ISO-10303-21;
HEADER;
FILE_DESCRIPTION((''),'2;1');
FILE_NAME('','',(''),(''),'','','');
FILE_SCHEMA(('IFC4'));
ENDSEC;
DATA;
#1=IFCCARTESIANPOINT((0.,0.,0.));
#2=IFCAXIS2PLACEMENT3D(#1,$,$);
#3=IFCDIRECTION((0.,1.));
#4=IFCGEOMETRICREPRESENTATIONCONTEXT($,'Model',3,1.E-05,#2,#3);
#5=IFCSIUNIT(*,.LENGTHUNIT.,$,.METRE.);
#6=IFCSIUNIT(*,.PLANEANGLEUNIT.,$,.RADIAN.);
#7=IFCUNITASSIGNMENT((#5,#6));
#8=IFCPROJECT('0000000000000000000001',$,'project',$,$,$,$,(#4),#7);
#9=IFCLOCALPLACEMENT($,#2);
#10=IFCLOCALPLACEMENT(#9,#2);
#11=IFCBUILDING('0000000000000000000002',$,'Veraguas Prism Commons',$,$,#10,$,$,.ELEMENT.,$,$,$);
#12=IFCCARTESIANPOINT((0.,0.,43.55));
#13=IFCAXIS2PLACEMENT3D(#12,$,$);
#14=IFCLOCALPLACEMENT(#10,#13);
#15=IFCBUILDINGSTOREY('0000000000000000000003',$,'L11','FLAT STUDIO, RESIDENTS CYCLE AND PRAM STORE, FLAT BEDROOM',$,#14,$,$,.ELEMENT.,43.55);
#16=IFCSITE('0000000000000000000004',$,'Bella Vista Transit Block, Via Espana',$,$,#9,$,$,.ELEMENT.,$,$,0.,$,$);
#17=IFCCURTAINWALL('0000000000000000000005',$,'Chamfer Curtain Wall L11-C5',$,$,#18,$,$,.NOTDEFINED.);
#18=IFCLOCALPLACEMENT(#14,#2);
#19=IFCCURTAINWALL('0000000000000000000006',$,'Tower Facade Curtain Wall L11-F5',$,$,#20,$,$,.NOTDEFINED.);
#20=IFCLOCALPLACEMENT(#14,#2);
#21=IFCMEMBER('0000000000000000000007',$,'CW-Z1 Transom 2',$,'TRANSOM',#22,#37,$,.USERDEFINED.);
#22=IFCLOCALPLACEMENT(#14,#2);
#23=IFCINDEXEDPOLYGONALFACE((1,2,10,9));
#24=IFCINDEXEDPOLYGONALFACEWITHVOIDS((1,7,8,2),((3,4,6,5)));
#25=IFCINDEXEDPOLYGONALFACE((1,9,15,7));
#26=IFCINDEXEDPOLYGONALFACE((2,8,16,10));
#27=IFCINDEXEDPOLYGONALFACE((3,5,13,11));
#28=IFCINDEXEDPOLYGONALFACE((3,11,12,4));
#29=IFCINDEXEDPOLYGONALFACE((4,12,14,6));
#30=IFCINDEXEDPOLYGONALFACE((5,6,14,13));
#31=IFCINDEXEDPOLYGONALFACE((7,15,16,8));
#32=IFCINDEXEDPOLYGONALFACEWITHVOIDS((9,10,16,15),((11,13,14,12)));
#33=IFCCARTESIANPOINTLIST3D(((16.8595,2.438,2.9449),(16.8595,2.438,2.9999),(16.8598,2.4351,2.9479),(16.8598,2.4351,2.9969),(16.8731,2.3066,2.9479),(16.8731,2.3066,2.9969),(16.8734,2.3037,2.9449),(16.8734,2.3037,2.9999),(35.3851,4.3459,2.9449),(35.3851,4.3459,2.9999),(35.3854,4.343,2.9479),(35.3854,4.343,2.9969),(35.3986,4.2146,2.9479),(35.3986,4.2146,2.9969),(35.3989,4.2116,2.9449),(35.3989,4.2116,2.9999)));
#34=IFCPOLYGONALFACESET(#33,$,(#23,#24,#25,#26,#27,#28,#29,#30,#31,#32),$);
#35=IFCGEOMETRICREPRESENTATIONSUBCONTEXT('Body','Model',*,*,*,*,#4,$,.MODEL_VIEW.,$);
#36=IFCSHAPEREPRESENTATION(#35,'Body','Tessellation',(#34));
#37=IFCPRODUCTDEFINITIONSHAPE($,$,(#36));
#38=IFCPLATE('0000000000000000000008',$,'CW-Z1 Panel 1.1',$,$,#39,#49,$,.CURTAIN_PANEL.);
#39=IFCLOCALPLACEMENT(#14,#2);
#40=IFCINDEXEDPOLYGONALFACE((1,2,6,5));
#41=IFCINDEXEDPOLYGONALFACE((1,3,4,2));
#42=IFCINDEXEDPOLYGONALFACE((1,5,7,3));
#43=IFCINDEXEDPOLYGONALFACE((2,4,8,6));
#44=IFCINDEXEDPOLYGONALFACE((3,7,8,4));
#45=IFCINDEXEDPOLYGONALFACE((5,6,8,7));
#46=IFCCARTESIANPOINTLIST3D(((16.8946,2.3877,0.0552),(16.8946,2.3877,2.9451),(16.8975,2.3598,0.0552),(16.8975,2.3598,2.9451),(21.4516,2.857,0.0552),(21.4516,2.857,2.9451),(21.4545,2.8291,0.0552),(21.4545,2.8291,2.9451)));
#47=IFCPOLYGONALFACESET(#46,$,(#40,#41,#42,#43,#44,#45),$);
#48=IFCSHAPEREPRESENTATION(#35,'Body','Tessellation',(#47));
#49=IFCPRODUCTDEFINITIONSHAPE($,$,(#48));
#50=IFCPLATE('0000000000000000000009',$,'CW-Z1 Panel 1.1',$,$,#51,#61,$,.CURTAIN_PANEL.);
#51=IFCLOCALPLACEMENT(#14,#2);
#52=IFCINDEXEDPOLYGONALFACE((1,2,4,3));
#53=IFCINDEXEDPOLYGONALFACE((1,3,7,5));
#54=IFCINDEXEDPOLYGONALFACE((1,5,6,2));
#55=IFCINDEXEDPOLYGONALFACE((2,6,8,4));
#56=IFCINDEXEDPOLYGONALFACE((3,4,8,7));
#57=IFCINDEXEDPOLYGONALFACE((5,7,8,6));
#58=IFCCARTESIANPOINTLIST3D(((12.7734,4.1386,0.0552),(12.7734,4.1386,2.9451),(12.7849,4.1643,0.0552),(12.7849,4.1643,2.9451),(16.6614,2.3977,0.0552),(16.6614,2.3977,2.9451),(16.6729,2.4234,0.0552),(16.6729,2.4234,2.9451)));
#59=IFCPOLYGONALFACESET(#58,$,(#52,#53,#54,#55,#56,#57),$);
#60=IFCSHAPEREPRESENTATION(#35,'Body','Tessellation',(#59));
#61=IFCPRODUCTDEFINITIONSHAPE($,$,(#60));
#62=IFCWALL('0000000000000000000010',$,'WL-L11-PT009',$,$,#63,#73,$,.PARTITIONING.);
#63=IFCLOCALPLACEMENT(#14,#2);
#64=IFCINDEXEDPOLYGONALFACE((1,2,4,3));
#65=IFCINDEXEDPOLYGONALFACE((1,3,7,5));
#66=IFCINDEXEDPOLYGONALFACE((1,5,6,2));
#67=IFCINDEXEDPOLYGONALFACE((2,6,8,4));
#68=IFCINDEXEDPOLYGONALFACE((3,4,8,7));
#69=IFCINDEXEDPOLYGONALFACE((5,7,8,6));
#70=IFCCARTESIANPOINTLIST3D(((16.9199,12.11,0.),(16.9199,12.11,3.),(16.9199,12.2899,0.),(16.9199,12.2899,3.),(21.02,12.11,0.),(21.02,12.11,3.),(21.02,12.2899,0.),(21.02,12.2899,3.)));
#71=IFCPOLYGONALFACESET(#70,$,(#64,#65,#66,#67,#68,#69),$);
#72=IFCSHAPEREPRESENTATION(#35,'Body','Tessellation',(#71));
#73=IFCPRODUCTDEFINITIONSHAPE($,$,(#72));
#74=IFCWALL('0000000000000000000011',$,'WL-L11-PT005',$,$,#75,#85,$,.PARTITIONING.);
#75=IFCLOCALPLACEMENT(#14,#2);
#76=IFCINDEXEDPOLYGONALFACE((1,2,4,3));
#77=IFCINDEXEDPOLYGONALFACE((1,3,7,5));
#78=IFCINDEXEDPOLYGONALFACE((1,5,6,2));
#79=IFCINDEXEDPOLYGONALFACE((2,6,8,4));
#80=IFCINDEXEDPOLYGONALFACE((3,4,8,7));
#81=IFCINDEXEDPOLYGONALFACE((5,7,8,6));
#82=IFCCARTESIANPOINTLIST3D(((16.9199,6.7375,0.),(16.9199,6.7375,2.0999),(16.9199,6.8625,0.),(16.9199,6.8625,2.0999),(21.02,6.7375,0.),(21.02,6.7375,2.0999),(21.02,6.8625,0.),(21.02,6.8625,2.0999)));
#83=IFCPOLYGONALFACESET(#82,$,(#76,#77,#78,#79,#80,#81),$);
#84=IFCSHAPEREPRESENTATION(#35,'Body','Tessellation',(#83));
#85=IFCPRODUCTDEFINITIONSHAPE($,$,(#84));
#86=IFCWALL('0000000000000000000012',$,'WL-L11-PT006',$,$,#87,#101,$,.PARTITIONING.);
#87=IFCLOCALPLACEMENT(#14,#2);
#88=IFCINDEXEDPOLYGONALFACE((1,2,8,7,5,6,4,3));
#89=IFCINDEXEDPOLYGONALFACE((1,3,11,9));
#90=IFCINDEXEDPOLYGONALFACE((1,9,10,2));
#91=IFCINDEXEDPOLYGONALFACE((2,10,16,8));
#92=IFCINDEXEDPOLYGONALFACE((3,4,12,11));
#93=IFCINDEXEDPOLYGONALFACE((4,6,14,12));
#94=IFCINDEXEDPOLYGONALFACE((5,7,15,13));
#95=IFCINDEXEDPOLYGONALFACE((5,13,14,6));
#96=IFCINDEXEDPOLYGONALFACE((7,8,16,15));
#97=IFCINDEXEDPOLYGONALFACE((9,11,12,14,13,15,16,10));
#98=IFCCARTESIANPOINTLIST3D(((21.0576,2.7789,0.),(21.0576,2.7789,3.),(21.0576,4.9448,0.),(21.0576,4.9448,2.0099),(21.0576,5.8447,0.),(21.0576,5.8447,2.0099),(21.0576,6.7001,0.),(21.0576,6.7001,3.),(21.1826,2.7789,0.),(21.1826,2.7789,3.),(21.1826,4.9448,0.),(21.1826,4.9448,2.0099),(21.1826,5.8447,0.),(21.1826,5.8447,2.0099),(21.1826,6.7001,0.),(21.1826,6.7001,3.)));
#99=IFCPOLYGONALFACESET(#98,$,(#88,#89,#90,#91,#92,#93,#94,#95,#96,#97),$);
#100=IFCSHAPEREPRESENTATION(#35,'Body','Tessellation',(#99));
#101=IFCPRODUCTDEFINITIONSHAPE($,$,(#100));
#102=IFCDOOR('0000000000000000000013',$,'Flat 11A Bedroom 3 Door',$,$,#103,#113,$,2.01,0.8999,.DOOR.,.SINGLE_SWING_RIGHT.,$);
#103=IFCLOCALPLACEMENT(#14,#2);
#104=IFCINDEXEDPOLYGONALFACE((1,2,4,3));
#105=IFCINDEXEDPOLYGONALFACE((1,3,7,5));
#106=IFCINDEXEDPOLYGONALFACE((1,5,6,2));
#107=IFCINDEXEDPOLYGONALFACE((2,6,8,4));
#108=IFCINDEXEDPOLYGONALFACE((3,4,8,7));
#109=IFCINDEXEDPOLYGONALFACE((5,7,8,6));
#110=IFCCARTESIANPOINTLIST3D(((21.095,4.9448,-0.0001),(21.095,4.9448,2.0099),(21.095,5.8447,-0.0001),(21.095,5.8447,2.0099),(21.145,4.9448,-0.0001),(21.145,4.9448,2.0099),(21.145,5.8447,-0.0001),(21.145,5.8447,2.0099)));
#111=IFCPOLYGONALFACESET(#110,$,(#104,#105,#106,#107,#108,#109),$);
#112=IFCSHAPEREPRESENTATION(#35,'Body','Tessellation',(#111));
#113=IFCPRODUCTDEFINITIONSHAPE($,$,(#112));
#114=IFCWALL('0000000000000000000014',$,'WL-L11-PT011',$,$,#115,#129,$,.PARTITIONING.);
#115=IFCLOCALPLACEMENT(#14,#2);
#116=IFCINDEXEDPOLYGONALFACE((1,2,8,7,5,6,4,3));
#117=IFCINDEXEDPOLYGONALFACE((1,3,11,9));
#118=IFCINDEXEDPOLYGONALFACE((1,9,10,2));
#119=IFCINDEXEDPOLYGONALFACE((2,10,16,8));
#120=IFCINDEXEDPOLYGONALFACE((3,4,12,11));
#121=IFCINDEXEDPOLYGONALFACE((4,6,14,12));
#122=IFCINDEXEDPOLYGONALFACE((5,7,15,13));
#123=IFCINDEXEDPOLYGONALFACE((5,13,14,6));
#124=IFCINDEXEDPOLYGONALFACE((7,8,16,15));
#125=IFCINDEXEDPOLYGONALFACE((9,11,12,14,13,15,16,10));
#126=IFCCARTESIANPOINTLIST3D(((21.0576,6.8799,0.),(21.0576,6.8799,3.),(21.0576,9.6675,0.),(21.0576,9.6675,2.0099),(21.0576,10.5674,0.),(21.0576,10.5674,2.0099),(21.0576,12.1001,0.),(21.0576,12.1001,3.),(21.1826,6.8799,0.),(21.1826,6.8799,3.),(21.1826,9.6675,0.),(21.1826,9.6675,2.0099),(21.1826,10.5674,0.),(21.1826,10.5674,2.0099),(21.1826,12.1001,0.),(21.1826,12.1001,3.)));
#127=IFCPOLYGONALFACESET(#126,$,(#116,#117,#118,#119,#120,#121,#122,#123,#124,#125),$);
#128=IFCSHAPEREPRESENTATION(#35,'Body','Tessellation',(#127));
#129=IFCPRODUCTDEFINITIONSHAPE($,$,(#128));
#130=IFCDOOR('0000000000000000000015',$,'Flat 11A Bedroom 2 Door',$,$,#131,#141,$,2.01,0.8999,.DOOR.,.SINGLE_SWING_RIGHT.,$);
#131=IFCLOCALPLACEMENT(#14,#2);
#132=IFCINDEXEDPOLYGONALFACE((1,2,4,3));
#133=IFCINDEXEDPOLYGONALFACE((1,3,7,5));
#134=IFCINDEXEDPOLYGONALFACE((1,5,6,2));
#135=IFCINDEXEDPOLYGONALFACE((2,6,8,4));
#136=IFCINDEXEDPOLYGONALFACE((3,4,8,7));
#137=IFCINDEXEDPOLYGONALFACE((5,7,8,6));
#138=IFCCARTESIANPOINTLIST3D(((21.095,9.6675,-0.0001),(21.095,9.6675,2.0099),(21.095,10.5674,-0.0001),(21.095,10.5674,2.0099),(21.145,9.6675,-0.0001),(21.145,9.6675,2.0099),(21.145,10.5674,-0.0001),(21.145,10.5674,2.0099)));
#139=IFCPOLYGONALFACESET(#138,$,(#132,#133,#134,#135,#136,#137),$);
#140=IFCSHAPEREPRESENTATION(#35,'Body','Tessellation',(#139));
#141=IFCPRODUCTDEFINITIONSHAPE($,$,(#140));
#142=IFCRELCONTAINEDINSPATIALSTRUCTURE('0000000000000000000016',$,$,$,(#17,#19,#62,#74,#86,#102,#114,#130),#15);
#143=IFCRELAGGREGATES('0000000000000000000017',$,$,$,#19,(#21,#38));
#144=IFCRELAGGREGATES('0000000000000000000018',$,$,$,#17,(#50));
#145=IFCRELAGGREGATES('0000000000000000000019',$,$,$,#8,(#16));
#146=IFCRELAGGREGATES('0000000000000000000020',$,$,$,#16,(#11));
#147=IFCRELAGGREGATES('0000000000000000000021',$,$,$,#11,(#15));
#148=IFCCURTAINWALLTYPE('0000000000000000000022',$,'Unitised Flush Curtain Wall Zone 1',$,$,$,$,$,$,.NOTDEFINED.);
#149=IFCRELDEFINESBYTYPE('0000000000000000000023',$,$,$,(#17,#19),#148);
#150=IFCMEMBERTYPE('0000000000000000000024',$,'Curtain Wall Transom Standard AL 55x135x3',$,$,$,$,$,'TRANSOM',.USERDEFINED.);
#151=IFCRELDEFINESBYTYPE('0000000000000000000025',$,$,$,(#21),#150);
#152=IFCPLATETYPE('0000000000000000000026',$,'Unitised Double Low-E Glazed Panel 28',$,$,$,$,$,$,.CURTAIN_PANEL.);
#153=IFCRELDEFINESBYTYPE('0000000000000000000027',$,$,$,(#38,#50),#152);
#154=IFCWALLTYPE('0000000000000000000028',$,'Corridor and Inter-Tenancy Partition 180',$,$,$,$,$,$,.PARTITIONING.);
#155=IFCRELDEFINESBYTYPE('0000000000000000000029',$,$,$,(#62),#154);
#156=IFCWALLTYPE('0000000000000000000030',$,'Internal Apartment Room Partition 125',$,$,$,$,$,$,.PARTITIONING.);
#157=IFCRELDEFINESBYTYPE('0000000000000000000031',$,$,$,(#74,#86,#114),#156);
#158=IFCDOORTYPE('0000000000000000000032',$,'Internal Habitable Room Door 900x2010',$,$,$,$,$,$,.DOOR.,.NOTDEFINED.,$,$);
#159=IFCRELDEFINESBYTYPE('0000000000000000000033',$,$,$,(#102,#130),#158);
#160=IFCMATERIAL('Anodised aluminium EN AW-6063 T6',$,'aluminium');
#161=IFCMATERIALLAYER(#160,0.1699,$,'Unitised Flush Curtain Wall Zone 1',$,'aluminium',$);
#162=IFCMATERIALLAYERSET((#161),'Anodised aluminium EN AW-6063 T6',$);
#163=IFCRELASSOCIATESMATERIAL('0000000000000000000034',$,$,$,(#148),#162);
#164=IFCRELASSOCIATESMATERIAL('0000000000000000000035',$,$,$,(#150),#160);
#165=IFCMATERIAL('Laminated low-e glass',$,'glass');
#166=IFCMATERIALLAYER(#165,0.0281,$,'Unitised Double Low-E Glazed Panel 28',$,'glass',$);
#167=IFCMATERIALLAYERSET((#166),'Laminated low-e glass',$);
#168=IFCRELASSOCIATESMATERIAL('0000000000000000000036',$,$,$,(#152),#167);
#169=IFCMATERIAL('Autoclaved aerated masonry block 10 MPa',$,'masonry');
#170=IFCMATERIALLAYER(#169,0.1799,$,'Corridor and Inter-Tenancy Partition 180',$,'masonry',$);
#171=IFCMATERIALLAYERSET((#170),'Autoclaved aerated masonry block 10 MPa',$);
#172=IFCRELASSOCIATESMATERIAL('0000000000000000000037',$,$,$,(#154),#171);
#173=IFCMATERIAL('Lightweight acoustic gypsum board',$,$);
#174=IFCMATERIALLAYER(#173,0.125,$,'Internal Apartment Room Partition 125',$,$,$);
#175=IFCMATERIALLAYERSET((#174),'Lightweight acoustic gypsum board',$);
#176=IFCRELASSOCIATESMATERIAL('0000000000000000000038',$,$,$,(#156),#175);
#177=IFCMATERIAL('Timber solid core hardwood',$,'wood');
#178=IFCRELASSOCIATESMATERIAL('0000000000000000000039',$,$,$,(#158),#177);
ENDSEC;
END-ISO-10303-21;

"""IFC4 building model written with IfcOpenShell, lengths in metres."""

from ifc_helpers import new_model, si_unit, direction, frame, frame_2d, origin, origin_2d, place, context, subcontext, project, spatial, rectangle, hollow_rectangle, extrude, source, transform, mapped, material, layer, layer_set, material_profile, profile_set, type_object, element, fill, aggregate, save


model = new_model("IFC4")

# Units and contexts
model_context = context("Model", 3, precision=1e-05, world=origin(), true_north=direction((0.0, 1.0)))
body_context = subcontext(model_context, "Body", "Model", "MODEL_VIEW")
ifc_project = project(units=[si_unit("LENGTHUNIT", "METRE"), si_unit("PLANEANGLEUNIT", "RADIAN")], contexts=[model_context])

# Site, building, storey
site_placement = place(None, origin())
site = spatial("IfcSite", under=ifc_project, at=site_placement, Name="Bella Vista Transit Block, Via Espana", CompositionType="ELEMENT", RefElevation=0.0)
building_placement = place(site_placement, origin())
building = spatial("IfcBuilding", under=site, at=building_placement, Name="Veraguas Prism Commons", CompositionType="ELEMENT")
storey_placement = place(building_placement, frame((0.0, 0.0, 43.55)))
storey = spatial("IfcBuildingStorey", under=building, at=storey_placement, Name="L11", Description="FLAT STUDIO, RESIDENTS CYCLE AND PRAM STORE, FLAT BEDROOM", CompositionType="ELEMENT", Elevation=43.55)

# Curtain wall
ifc_material_1 = material(Name="Anodised aluminium EN AW-6063 T6", Category="aluminium")
ifc_layer_1 = layer(ifc_material_1, 0.1699, Name="Unitised Flush Curtain Wall Zone 1", Category="aluminium")
ifc_layer_set_1 = layer_set([ifc_layer_1], Name="Anodised aluminium EN AW-6063 T6")
curtain_wall_type = type_object("IfcCurtainWallType", Name="Unitised Flush Curtain Wall Zone 1", PredefinedType="NOTDEFINED", material=ifc_layer_set_1)
curtain_wall_1_placement = place(storey_placement, origin())
curtain_wall_1 = element("IfcCurtainWall", 1, at=curtain_wall_1_placement, inside=storey, type_object=curtain_wall_type, Name="Chamfer Curtain Wall L11-C5", PredefinedType="NOTDEFINED")
ifc_material_profile_1 = material_profile(ifc_material_1, hollow_rectangle(XDim=0.0549, YDim=0.135, WallThickness=0.0029, at=origin_2d()), Name="AL55X135X3")
ifc_profile_set_1 = profile_set([ifc_material_profile_1], Name="Anodised aluminium EN AW-6063 T6")
member_type_1 = type_object("IfcMemberType", Name="Curtain Wall Transom Standard AL 55x135x3", ElementType="TRANSOM", PredefinedType="USERDEFINED", material=ifc_profile_set_1)

# Curtain wall
curtain_wall_2_placement = place(storey_placement, origin())
curtain_wall_2 = element("IfcCurtainWall", 2, at=curtain_wall_2_placement, inside=storey, type_object=curtain_wall_type, Name="Tower Facade Curtain Wall L11-F5", PredefinedType="NOTDEFINED")

# Member
shared_shape_1 = source(origin(), body_context, "Body", "SweptSolid", [
    extrude(hollow_rectangle(XDim=0.0549, YDim=0.135, WallThickness=0.0029, at=origin_2d()), origin(), (0.0, 0.0, 1.0), 18.6235),
])
member_1_placement = place(storey_placement, frame((16.8665, 2.3708, 2.9724), z_axis=(0.994738, 0.102448, 0.0), x_axis=(0.0, 0.0, 1.0)))
member_1 = element("IfcMember", 3, at=member_1_placement, type_object=member_type_1, Name="CW-Z1 Transom 2", ObjectType="TRANSOM", PredefinedType="USERDEFINED", context=body_context, shape_type="MappedRepresentation", body=[
    mapped(shared_shape_1, transform((0.0, 0.0, 0.0), scale=1.0)),
])

# Plates
ifc_material_2 = material(Name="Laminated low-e glass", Category="glass")
ifc_layer_2 = layer(ifc_material_2, 0.0281, Name="Unitised Double Low-E Glazed Panel 28", Category="glass")
ifc_layer_set_2 = layer_set([ifc_layer_2], Name="Laminated low-e glass")
plate_type = type_object("IfcPlateType", Name="Unitised Double Low-E Glazed Panel 28", PredefinedType="CURTAIN_PANEL", material=ifc_layer_set_2)
shared_shape_2 = source(origin(), body_context, "Body", "SweptSolid", [
    extrude(rectangle(XDim=4.5811, YDim=0.0281, at=origin_2d()), origin(), (0.0, 0.0, 1.0), 2.8899),
])
plate_1_placement = place(storey_placement, frame((19.1746, 2.6084, 0.0552), z_axis=(0.0, 0.0, 1.0), x_axis=(0.994738, 0.102447, 0.0)))
plate_1 = element("IfcPlate", 4, at=plate_1_placement, type_object=plate_type, Name="CW-Z1 Panel 1.1", PredefinedType="CURTAIN_PANEL", context=body_context, shape_type="MappedRepresentation", body=[
    mapped(shared_shape_2, transform((0.0, 0.0, 0.0), scale=1.0)),
])
aggregate(curtain_wall_2, [member_1, plate_1])
shared_shape_3 = source(origin(), body_context, "Body", "SweptSolid", [
    extrude(rectangle(XDim=4.26, YDim=0.0281, at=origin_2d()), origin(), (0.0, 0.0, 1.0), 2.8899),
])
plate_2_placement = place(storey_placement, frame((14.7231, 3.281, 0.0552), z_axis=(0.0, 0.0, 1.0), x_axis=(0.912687, -0.40866, 0.0)))
plate_2 = element("IfcPlate", 5, at=plate_2_placement, type_object=plate_type, Name="CW-Z1 Panel 1.1", PredefinedType="CURTAIN_PANEL", context=body_context, shape_type="MappedRepresentation", body=[
    mapped(shared_shape_3, transform((0.0, 0.0, 0.0), scale=1.0)),
])
aggregate(curtain_wall_1, [plate_2])

# Walls
ifc_material_3 = material(Name="Autoclaved aerated masonry block 10 MPa", Category="masonry")
ifc_layer_3 = layer(ifc_material_3, 0.1799, Name="Corridor and Inter-Tenancy Partition 180", Category="masonry")
ifc_layer_set_3 = layer_set([ifc_layer_3], Name="Autoclaved aerated masonry block 10 MPa")
wall_type_1 = type_object("IfcWallType", Name="Corridor and Inter-Tenancy Partition 180", PredefinedType="PARTITIONING", material=ifc_layer_set_3)
wall_1_placement = place(storey_placement, frame((16.9199, 12.2, 0.0), z_axis=(0.0, 0.0, 1.0), x_axis=(1.0, 0.0, 0.0)))
element("IfcWall", 6, at=wall_1_placement, inside=storey, type_object=wall_type_1, Name="WL-L11-PT009", PredefinedType="PARTITIONING", context=body_context, shape_type="SweptSolid", body=[
    extrude(rectangle(XDim=4.1001, YDim=0.1799, at=frame_2d((2.05, 0.0))), origin(), (0.0, 0.0, 1.0), 3.0),
])
ifc_material_4 = material(Name="Lightweight acoustic gypsum board")
ifc_layer_4 = layer(ifc_material_4, 0.125, Name="Internal Apartment Room Partition 125")
ifc_layer_set_4 = layer_set([ifc_layer_4], Name="Lightweight acoustic gypsum board")
wall_type_2 = type_object("IfcWallType", Name="Internal Apartment Room Partition 125", PredefinedType="PARTITIONING", material=ifc_layer_set_4)
wall_2_placement = place(storey_placement, frame((16.9199, 6.8, 0.0), z_axis=(0.0, 0.0, 1.0), x_axis=(1.0, 0.0, 0.0)))
element("IfcWall", 7, at=wall_2_placement, inside=storey, type_object=wall_type_2, Name="WL-L11-PT005", PredefinedType="PARTITIONING", context=body_context, shape_type="SweptSolid", body=[
    extrude(rectangle(XDim=4.1001, YDim=0.125, at=frame_2d((2.05, 0.0))), origin(), (0.0, 0.0, 1.0), 2.0999),
])

# Walls, openings, doors
wall_3_placement = place(storey_placement, frame((21.1201, 6.7, 0.0), z_axis=(0.0, 0.0, 1.0), x_axis=(0.0, -1.0, 0.0)))
wall_3 = element("IfcWall", 8, at=wall_3_placement, inside=storey, type_object=wall_type_2, Name="WL-L11-PT006", PredefinedType="PARTITIONING", context=body_context, shape_type="SweptSolid", body=[
    extrude(rectangle(XDim=3.9211, YDim=0.125, at=frame_2d((1.9604, 0.0))), origin(), (0.0, 0.0, 1.0), 3.0),
])
opening_1_placement = place(wall_3_placement, frame((0.8552, 0.0, 0.0)))
opening_1 = element("IfcOpeningElement", 9, at=opening_1_placement, cuts=wall_3, PredefinedType="OPENING", context=body_context, shape_type="SweptSolid", body=[
    extrude(rectangle(XDim=0.8999, YDim=2.01, at=frame_2d((0.45, 1.0049))), frame((0.0, 0.0725, 0.0), z_axis=(0.0, -1.0, 0.0), x_axis=(1.0, 0.0, 0.0)), (0.0, 0.0, 1.0), 0.145),
])
ifc_material_5 = material(Name="Timber solid core hardwood", Category="wood")
door_type = type_object("IfcDoorType", Name="Internal Habitable Room Door 900x2010", OperationType="NOTDEFINED", PredefinedType="DOOR", material=ifc_material_5)
shared_shape_4 = source(origin(), body_context, "Body", "SweptSolid", [
    extrude(rectangle(XDim=0.8999, YDim=2.01, at=frame_2d((0.45, 1.0049))), frame((0.0, 0.0249, 0.0), z_axis=(0.0, -1.0, 0.0), x_axis=(1.0, 0.0, 0.0)), (0.0, 0.0, 1.0), 0.05),
])
door_1_placement = place(opening_1_placement, origin())
door_1 = element("IfcDoor", 10, at=door_1_placement, inside=storey, type_object=door_type, Name="Flat 11A Bedroom 3 Door", OperationType="SINGLE_SWING_RIGHT", OverallHeight=2.01, OverallWidth=0.8999, PredefinedType="DOOR", context=body_context, shape_type="MappedRepresentation", body=[
    mapped(shared_shape_4, transform((0.0, 0.0, 0.0), scale=1.0)),
])
fill(opening_1, door_1)
wall_4_placement = place(storey_placement, frame((21.1201, 12.1001, 0.0), z_axis=(0.0, 0.0, 1.0), x_axis=(0.0, -1.0, 0.0)))
wall_4 = element("IfcWall", 11, at=wall_4_placement, inside=storey, type_object=wall_type_2, Name="WL-L11-PT011", PredefinedType="PARTITIONING", context=body_context, shape_type="SweptSolid", body=[
    extrude(rectangle(XDim=5.2202, YDim=0.125, at=frame_2d((2.6101, 0.0))), origin(), (0.0, 0.0, 1.0), 3.0),
])
opening_2_placement = place(wall_4_placement, frame((1.5327, 0.0, 0.0)))
opening_2 = element("IfcOpeningElement", 12, at=opening_2_placement, cuts=wall_4, PredefinedType="OPENING", context=body_context, shape_type="SweptSolid", body=[
    extrude(rectangle(XDim=0.8999, YDim=2.01, at=frame_2d((0.45, 1.0049))), frame((0.0, 0.0725, 0.0), z_axis=(0.0, -1.0, 0.0), x_axis=(1.0, 0.0, 0.0)), (0.0, 0.0, 1.0), 0.145),
])
door_2_placement = place(opening_2_placement, origin())
door_2 = element("IfcDoor", 13, at=door_2_placement, inside=storey, type_object=door_type, Name="Flat 11A Bedroom 2 Door", OperationType="SINGLE_SWING_RIGHT", OverallHeight=2.01, OverallWidth=0.8999, PredefinedType="DOOR", context=body_context, shape_type="MappedRepresentation", body=[
    mapped(shared_shape_4, transform((0.0, 0.0, 0.0), scale=1.0)),
])
fill(opening_2, door_2)

save(model, "model.ifc")
